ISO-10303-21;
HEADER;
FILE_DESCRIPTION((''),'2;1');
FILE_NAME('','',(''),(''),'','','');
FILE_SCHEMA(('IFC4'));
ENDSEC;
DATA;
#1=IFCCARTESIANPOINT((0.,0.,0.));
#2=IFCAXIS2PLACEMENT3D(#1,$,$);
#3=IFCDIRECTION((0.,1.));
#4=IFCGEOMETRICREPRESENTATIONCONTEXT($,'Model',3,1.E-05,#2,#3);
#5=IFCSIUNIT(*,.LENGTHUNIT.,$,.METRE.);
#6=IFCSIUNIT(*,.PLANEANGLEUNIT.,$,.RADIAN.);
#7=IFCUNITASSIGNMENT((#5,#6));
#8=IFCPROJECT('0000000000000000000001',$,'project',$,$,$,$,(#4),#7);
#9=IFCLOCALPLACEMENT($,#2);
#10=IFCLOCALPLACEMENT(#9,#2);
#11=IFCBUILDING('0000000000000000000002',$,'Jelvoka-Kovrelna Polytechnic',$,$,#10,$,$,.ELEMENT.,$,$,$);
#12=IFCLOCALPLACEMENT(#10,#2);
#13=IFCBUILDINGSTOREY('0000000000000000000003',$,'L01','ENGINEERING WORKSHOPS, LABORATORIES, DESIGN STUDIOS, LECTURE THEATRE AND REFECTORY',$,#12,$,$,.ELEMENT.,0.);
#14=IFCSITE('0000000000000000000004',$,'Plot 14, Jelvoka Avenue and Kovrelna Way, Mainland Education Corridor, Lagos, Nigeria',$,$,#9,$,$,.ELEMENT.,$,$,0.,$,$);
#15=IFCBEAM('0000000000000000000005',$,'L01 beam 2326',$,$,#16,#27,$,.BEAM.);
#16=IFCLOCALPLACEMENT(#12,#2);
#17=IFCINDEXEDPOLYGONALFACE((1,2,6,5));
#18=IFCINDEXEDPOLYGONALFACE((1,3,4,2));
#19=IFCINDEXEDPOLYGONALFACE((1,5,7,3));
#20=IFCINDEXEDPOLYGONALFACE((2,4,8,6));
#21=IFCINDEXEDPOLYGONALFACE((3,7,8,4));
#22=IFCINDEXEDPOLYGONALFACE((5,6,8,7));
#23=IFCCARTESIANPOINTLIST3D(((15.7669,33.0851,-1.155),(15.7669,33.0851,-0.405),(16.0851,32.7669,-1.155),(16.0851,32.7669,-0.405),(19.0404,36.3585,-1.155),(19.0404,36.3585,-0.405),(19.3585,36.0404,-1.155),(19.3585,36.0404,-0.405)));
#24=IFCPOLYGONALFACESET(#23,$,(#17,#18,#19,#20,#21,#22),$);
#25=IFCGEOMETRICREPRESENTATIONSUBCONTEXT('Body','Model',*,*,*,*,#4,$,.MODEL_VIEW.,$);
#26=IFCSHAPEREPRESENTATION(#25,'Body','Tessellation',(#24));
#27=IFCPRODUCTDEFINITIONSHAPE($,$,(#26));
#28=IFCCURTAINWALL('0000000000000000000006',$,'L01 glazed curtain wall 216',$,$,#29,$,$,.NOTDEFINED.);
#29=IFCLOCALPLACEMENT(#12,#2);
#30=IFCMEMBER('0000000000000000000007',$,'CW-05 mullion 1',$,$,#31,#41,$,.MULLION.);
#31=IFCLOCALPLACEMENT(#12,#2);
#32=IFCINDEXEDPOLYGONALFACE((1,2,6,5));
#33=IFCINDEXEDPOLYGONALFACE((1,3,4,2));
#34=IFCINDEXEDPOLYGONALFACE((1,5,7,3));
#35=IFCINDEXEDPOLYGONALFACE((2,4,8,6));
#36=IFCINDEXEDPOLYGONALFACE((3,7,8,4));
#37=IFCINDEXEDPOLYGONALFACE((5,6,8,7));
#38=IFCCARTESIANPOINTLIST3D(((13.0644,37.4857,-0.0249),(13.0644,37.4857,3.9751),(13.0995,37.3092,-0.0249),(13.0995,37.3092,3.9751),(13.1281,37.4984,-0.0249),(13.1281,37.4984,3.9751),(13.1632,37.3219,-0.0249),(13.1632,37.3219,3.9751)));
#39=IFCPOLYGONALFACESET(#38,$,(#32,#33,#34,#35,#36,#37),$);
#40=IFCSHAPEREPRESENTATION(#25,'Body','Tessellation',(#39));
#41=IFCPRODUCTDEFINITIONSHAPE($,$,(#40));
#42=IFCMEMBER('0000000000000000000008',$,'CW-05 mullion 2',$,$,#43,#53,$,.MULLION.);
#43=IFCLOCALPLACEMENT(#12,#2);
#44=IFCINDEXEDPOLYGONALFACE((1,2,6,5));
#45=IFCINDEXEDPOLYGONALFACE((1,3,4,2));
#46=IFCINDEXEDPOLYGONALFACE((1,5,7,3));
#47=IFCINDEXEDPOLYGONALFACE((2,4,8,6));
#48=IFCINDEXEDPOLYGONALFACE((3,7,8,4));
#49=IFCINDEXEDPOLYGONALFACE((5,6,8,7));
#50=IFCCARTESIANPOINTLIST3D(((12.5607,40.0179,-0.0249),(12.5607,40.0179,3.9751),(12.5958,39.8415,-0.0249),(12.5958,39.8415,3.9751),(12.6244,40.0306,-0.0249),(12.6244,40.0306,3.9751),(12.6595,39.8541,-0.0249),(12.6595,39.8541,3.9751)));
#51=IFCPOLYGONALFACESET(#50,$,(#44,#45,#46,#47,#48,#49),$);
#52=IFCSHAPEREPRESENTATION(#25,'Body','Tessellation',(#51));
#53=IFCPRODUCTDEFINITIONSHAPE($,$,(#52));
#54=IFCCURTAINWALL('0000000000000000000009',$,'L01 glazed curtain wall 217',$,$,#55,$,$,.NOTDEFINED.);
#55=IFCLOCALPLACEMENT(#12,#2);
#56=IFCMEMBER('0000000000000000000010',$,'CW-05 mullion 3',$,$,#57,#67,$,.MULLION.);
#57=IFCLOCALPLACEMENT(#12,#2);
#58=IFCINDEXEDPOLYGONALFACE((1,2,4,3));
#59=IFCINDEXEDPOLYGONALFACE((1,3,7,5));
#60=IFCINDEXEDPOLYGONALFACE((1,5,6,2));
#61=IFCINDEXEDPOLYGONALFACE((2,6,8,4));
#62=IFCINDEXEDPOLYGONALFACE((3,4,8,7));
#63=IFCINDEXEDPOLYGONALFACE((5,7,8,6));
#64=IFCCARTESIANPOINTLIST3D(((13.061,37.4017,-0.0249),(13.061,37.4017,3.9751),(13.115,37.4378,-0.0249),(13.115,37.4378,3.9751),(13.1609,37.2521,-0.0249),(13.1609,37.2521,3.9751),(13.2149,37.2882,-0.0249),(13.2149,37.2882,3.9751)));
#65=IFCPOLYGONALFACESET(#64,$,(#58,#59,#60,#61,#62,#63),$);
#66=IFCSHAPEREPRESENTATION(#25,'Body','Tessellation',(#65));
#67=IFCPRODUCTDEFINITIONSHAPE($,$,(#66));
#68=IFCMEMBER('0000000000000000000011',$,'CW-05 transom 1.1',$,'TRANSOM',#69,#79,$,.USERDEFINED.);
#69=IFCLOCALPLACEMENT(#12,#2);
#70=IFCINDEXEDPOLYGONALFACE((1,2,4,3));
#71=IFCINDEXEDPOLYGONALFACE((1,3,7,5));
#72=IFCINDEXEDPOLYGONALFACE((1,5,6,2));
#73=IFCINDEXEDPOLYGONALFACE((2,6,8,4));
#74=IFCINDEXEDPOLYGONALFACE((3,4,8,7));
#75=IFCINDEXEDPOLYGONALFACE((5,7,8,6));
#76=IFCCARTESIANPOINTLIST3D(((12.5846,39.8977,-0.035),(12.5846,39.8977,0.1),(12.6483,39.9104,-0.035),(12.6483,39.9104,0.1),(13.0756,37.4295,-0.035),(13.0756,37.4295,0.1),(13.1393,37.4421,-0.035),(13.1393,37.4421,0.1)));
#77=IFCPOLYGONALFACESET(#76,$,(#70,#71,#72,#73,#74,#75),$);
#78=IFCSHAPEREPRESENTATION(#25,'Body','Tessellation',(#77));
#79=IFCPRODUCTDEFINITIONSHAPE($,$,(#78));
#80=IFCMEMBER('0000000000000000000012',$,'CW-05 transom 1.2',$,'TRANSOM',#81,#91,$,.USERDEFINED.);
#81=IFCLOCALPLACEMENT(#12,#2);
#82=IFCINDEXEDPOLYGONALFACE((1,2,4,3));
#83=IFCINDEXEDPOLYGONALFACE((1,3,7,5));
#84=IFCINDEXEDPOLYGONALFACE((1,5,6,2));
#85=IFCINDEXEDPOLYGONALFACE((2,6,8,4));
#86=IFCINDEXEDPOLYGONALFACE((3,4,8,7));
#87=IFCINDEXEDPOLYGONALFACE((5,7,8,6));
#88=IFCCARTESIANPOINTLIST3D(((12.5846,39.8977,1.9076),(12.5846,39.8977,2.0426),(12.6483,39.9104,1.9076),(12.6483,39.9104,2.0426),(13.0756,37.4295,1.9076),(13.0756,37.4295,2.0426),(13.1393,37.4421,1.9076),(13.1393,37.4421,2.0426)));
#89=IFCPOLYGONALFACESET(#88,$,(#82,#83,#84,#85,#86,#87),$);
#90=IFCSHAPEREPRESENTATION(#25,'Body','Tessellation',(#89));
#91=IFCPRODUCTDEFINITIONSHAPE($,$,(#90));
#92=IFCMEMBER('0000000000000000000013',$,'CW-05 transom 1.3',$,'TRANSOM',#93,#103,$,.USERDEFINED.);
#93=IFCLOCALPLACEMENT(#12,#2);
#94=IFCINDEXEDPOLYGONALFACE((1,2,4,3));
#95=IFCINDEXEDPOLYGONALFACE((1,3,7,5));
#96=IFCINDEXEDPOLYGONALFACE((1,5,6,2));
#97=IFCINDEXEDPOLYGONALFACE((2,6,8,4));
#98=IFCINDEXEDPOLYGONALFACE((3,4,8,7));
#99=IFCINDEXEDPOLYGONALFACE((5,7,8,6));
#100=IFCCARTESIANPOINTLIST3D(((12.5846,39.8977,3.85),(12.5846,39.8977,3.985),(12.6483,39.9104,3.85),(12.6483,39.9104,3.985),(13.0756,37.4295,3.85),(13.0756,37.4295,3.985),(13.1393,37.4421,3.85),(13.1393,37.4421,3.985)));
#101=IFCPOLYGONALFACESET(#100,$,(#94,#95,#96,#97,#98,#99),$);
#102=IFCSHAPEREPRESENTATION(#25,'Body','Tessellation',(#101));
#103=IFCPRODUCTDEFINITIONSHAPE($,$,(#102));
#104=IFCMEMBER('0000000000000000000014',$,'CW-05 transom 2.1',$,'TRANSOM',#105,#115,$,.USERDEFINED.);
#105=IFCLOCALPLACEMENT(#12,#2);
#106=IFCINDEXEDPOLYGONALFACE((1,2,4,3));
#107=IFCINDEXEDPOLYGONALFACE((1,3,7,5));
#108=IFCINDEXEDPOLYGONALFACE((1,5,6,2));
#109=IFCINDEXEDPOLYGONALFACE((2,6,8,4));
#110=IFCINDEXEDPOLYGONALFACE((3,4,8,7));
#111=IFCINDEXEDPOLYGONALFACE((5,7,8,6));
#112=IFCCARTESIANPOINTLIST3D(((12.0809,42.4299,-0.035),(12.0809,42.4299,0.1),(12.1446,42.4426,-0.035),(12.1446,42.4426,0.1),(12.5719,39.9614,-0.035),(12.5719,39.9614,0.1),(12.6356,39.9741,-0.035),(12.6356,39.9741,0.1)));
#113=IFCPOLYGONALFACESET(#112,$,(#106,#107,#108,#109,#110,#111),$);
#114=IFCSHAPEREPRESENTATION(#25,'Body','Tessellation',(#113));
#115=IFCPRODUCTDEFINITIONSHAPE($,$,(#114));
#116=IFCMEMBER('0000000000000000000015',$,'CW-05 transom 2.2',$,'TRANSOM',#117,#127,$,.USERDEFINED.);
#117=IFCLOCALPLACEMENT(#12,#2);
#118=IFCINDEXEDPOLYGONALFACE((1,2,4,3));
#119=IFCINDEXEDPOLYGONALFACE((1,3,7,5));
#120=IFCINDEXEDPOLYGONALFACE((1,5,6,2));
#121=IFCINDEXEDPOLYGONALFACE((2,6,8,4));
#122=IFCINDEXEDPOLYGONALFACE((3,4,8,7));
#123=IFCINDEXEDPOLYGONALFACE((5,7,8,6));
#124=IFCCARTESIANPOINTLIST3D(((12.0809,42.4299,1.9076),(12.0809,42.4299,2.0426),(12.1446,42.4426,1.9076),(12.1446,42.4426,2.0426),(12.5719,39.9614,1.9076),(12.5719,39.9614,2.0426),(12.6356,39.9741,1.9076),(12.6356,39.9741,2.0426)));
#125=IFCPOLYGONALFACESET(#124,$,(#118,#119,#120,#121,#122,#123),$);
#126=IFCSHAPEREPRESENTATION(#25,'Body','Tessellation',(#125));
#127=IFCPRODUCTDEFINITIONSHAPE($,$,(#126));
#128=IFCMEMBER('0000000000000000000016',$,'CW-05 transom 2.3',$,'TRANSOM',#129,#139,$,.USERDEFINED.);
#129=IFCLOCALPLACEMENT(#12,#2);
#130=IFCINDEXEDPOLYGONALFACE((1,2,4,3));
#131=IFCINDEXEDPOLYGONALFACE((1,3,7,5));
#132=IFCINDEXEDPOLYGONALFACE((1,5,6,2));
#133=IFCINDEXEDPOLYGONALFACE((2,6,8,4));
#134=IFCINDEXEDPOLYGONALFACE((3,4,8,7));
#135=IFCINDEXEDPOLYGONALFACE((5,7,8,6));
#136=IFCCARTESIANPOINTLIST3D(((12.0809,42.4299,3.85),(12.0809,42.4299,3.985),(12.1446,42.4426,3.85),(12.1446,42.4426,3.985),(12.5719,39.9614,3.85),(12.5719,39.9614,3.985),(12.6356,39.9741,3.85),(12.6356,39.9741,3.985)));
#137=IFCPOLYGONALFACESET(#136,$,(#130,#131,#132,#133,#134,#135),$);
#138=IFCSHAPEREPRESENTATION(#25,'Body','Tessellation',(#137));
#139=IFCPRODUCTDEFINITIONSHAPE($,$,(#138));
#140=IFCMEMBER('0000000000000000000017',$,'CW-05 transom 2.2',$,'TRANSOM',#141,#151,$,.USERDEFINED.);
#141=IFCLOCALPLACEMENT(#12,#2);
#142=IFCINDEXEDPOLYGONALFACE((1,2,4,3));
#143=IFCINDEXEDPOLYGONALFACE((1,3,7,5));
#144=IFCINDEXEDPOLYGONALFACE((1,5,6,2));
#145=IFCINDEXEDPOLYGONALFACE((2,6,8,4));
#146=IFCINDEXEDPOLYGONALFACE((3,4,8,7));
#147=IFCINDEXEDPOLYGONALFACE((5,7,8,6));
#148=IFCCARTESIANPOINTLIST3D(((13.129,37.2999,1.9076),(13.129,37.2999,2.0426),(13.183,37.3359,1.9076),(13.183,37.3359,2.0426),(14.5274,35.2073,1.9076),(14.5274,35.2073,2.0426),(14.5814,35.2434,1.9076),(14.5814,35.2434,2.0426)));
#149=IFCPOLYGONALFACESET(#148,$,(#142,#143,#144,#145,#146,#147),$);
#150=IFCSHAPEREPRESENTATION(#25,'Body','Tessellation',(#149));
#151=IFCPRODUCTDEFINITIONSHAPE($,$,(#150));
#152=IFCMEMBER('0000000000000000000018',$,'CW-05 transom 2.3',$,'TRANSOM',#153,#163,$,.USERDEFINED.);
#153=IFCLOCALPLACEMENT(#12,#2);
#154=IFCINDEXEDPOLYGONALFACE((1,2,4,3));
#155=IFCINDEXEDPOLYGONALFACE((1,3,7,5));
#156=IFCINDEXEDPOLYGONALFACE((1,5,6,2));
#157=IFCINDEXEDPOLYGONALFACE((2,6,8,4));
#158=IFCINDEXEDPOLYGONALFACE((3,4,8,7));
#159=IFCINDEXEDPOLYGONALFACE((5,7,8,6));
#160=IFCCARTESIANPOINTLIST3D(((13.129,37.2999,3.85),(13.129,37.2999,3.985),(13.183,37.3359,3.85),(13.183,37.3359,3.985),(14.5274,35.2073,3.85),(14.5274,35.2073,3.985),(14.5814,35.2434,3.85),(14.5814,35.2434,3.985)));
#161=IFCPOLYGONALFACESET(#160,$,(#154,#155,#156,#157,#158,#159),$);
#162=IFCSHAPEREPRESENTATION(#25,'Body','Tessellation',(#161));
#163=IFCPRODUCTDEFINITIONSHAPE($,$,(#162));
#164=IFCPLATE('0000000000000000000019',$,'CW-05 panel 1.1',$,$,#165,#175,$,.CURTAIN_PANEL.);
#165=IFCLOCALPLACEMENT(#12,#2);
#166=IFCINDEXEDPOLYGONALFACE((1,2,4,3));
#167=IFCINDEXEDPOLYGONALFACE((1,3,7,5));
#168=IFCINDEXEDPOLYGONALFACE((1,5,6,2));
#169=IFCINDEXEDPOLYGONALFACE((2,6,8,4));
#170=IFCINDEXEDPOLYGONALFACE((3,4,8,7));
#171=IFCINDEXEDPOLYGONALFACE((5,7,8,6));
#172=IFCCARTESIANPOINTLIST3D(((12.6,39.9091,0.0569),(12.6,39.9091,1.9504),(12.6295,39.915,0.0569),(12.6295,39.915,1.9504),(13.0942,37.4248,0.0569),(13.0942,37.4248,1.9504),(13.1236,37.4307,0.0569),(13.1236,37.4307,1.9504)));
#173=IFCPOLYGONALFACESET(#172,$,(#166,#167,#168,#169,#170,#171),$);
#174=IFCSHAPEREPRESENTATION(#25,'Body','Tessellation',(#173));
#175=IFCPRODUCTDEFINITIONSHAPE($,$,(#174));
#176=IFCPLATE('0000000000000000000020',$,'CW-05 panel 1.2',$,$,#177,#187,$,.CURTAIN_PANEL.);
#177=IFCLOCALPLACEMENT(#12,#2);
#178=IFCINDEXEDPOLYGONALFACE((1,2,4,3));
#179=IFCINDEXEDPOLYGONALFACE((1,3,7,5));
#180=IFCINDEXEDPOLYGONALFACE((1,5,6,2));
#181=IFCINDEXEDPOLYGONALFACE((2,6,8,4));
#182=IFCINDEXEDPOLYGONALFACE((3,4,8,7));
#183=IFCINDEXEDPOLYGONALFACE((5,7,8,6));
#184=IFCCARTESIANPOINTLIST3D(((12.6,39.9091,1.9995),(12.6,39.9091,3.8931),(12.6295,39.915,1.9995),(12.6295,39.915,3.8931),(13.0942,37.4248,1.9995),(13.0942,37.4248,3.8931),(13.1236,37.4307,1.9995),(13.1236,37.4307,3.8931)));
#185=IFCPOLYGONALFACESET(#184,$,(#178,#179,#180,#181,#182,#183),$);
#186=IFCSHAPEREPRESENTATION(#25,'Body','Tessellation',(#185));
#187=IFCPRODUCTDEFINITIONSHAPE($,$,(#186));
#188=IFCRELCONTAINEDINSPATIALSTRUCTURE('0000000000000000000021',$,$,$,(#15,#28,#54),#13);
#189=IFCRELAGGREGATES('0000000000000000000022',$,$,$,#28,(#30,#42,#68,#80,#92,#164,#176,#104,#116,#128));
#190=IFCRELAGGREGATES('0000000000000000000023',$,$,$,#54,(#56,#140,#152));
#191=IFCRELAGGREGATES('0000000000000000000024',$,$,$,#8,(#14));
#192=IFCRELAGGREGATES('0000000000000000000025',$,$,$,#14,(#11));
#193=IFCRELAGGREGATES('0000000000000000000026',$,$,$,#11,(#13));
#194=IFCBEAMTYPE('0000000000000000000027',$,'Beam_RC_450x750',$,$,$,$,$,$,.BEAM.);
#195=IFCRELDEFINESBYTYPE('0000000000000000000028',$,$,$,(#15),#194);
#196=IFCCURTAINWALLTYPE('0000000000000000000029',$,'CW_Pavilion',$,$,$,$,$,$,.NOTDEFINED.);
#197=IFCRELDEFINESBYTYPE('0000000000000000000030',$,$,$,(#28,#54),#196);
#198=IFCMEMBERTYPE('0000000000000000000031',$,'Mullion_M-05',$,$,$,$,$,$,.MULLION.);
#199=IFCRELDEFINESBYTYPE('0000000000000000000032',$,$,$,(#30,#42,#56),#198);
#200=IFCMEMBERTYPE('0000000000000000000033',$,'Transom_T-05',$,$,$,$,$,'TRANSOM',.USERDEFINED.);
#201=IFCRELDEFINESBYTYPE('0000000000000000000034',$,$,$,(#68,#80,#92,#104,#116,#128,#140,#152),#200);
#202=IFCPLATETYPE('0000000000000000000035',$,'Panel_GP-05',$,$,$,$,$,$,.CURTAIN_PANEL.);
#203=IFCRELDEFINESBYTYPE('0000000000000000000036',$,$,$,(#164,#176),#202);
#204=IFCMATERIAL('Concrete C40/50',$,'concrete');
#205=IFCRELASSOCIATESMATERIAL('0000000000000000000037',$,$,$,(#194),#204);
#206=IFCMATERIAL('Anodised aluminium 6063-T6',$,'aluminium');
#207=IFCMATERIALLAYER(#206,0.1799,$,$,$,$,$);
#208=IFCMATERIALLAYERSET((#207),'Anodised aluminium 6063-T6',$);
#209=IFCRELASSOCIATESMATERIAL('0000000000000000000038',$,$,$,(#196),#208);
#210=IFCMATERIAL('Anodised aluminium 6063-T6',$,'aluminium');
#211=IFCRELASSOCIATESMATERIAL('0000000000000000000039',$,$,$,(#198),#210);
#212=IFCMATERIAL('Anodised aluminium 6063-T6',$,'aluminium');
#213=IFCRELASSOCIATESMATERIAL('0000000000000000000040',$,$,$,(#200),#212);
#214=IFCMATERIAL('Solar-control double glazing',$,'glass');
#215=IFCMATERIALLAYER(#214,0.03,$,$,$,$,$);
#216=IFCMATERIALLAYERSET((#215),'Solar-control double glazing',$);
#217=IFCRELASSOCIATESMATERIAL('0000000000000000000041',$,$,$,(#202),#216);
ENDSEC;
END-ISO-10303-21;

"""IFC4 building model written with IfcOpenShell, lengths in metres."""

from ifc_helpers import new_model, si_unit, direction, frame, origin, origin_2d, place, context, subcontext, project, spatial, rectangle, extrude, material, layer, layer_set, material_profile, profile_set, type_object, element, aggregate, save


model = new_model("IFC4")

# Units and contexts
model_context = context("Model", 3, precision=1e-05, world=origin(), true_north=direction((0.0, 1.0)))
body_context = subcontext(model_context, "Body", "Model", "MODEL_VIEW")
ifc_project = project(units=[si_unit("LENGTHUNIT", "METRE"), si_unit("PLANEANGLEUNIT", "RADIAN")], contexts=[model_context])

# Site, building, storey
site_placement = place(None, origin())
site = spatial("IfcSite", under=ifc_project, at=site_placement, Name="Plot 14, Jelvoka Avenue and Kovrelna Way, Mainland Education Corridor, Lagos, Nigeria", CompositionType="ELEMENT", RefElevation=0.0)
building_placement = place(site_placement, origin())
building = spatial("IfcBuilding", under=site, at=building_placement, Name="Jelvoka-Kovrelna Polytechnic", CompositionType="ELEMENT")
storey_placement = place(building_placement, origin())
storey = spatial("IfcBuildingStorey", under=building, at=storey_placement, Name="L01", Description="ENGINEERING WORKSHOPS, LABORATORIES, DESIGN STUDIOS, LECTURE THEATRE AND REFECTORY", CompositionType="ELEMENT", Elevation=0.0)

# Beam
ifc_material_1 = material(Name="Concrete C40/50", Category="concrete")
ifc_material_profile_1 = material_profile(ifc_material_1, rectangle(XDim=0.45, YDim=0.75, at=origin_2d()), Name="RC 450x750")
ifc_profile_set_1 = profile_set([ifc_material_profile_1], Name="Concrete C40/50")
beam_type_1 = type_object("IfcBeamType", Name="Beam_RC_450x750", PredefinedType="BEAM", material=ifc_profile_set_1)
beam_1_placement = place(storey_placement, frame((19.1995, 36.1995, -0.78), z_axis=(-0.707107, -0.707107, 0.0), x_axis=(0.707107, -0.707107, 0.0)))
element("IfcBeam", 1, at=beam_1_placement, inside=storey, type_object=beam_type_1, Name="L01 beam 2326", PredefinedType="BEAM", context=body_context, shape_type="SweptSolid", body=[
    extrude(rectangle(XDim=0.45, YDim=0.75, at=origin_2d()), origin(), (0.0, 0.0, 1.0), 4.6294),
])

# Curtain wall, members
ifc_material_2 = material(Name="Anodised aluminium 6063-T6", Category="aluminium")
ifc_layer_1 = layer(ifc_material_2, 0.1799)
ifc_layer_set_1 = layer_set([ifc_layer_1], Name="Anodised aluminium 6063-T6")
curtain_wall_type = type_object("IfcCurtainWallType", Name="CW_Pavilion", PredefinedType="NOTDEFINED", material=ifc_layer_set_1)
curtain_wall_1_placement = place(storey_placement, origin())
curtain_wall_1 = element("IfcCurtainWall", 2, at=curtain_wall_1_placement, inside=storey, type_object=curtain_wall_type, Name="L01 glazed curtain wall 216", PredefinedType="NOTDEFINED")
ifc_material_3 = material(Name="Anodised aluminium 6063-T6", Category="aluminium")
ifc_material_profile_2 = material_profile(ifc_material_3, rectangle(XDim=0.0649, YDim=0.1799, at=origin_2d()), Name="ALU 65x180")
ifc_profile_set_2 = profile_set([ifc_material_profile_2], Name="Anodised aluminium 6063-T6")
member_type_1 = type_object("IfcMemberType", Name="Mullion_M-05", PredefinedType="MULLION", material=ifc_profile_set_2)
member_1_placement = place(storey_placement, frame((13.1138, 37.4038, -0.0249), z_axis=(0.0, 0.0, 1.0), x_axis=(-0.980786, -0.195086, 0.0)))
member_1 = element("IfcMember", 3, at=member_1_placement, type_object=member_type_1, Name="CW-05 mullion 1", PredefinedType="MULLION", context=body_context, shape_type="SweptSolid", body=[
    extrude(rectangle(XDim=0.0649, YDim=0.1799, at=origin_2d()), origin(), (0.0, 0.0, 1.0), 4.0),
])
member_2_placement = place(storey_placement, frame((12.6101, 39.936, -0.0249), z_axis=(0.0, 0.0, 1.0), x_axis=(-0.980786, -0.195086, 0.0)))
member_2 = element("IfcMember", 4, at=member_2_placement, type_object=member_type_1, Name="CW-05 mullion 2", PredefinedType="MULLION", context=body_context, shape_type="SweptSolid", body=[
    extrude(rectangle(XDim=0.0649, YDim=0.1799, at=origin_2d()), origin(), (0.0, 0.0, 1.0), 4.0),
])

# Curtain wall, member
curtain_wall_2_placement = place(storey_placement, origin())
curtain_wall_2 = element("IfcCurtainWall", 5, at=curtain_wall_2_placement, inside=storey, type_object=curtain_wall_type, Name="L01 glazed curtain wall 217", PredefinedType="NOTDEFINED")
member_3_placement = place(storey_placement, frame((13.1379, 37.345, -0.0249), z_axis=(0.0, 0.0, 1.0), x_axis=(-0.831461, -0.555583, 0.0)))
member_3 = element("IfcMember", 6, at=member_3_placement, type_object=member_type_1, Name="CW-05 mullion 3", PredefinedType="MULLION", context=body_context, shape_type="SweptSolid", body=[
    extrude(rectangle(XDim=0.0649, YDim=0.1799, at=origin_2d()), origin(), (0.0, 0.0, 1.0), 4.0),
])

# Members
ifc_material_4 = material(Name="Anodised aluminium 6063-T6", Category="aluminium")
ifc_material_profile_3 = material_profile(ifc_material_4, rectangle(XDim=0.0649, YDim=0.135, at=origin_2d()), Name="ALU 65x135")
ifc_profile_set_3 = profile_set([ifc_material_profile_3], Name="Anodised aluminium 6063-T6")
member_type_2 = type_object("IfcMemberType", Name="Transom_T-05", ElementType="TRANSOM", PredefinedType="USERDEFINED", material=ifc_profile_set_3)
member_4_placement = place(storey_placement, frame((13.1074, 37.4358, 0.0325), z_axis=(-0.19509, 0.980785, 0.0), x_axis=(-0.980785, -0.19509, 0.0)))
member_4 = element("IfcMember", 7, at=member_4_placement, type_object=member_type_2, Name="CW-05 transom 1.1", ObjectType="TRANSOM", PredefinedType="USERDEFINED", context=body_context, shape_type="SweptSolid", body=[
    extrude(rectangle(XDim=0.0649, YDim=0.135, at=origin_2d()), origin(), (0.0, 0.0, 1.0), 2.5166),
])
member_5_placement = place(storey_placement, frame((13.1074, 37.4358, 1.9751), z_axis=(-0.19509, 0.980785, 0.0), x_axis=(-0.980785, -0.19509, 0.0)))
member_5 = element("IfcMember", 8, at=member_5_placement, type_object=member_type_2, Name="CW-05 transom 1.2", ObjectType="TRANSOM", PredefinedType="USERDEFINED", context=body_context, shape_type="SweptSolid", body=[
    extrude(rectangle(XDim=0.0649, YDim=0.135, at=origin_2d()), origin(), (0.0, 0.0, 1.0), 2.5166),
])
member_6_placement = place(storey_placement, frame((13.1074, 37.4358, 3.9175), z_axis=(-0.19509, 0.980785, 0.0), x_axis=(-0.980785, -0.19509, 0.0)))
member_6 = element("IfcMember", 9, at=member_6_placement, type_object=member_type_2, Name="CW-05 transom 1.3", ObjectType="TRANSOM", PredefinedType="USERDEFINED", context=body_context, shape_type="SweptSolid", body=[
    extrude(rectangle(XDim=0.0649, YDim=0.135, at=origin_2d()), origin(), (0.0, 0.0, 1.0), 2.5166),
])
member_7_placement = place(storey_placement, frame((12.6038, 39.9678, 0.0325), z_axis=(-0.195071, 0.980789, 0.0), x_axis=(-0.980789, -0.195071, 0.0)))
member_7 = element("IfcMember", 10, at=member_7_placement, type_object=member_type_2, Name="CW-05 transom 2.1", ObjectType="TRANSOM", PredefinedType="USERDEFINED", context=body_context, shape_type="SweptSolid", body=[
    extrude(rectangle(XDim=0.0649, YDim=0.135, at=origin_2d()), origin(), (0.0, 0.0, 1.0), 2.5168),
])
member_8_placement = place(storey_placement, frame((12.6038, 39.9678, 1.9751), z_axis=(-0.195071, 0.980789, 0.0), x_axis=(-0.980789, -0.195071, 0.0)))
member_8 = element("IfcMember", 11, at=member_8_placement, type_object=member_type_2, Name="CW-05 transom 2.2", ObjectType="TRANSOM", PredefinedType="USERDEFINED", context=body_context, shape_type="SweptSolid", body=[
    extrude(rectangle(XDim=0.0649, YDim=0.135, at=origin_2d()), origin(), (0.0, 0.0, 1.0), 2.5168),
])
member_9_placement = place(storey_placement, frame((12.6038, 39.9678, 3.9175), z_axis=(-0.195071, 0.980789, 0.0), x_axis=(-0.980789, -0.195071, 0.0)))
member_9 = element("IfcMember", 12, at=member_9_placement, type_object=member_type_2, Name="CW-05 transom 2.3", ObjectType="TRANSOM", PredefinedType="USERDEFINED", context=body_context, shape_type="SweptSolid", body=[
    extrude(rectangle(XDim=0.0649, YDim=0.135, at=origin_2d()), origin(), (0.0, 0.0, 1.0), 2.5168),
])
member_10_placement = place(storey_placement, frame((14.5544, 35.2253, 1.9751), z_axis=(-0.55564, 0.831423, 0.0), x_axis=(-0.831423, -0.55564, 0.0)))
member_10 = element("IfcMember", 13, at=member_10_placement, type_object=member_type_2, Name="CW-05 transom 2.2", ObjectType="TRANSOM", PredefinedType="USERDEFINED", context=body_context, shape_type="SweptSolid", body=[
    extrude(rectangle(XDim=0.0649, YDim=0.135, at=origin_2d()), origin(), (0.0, 0.0, 1.0), 2.5168),
])
member_11_placement = place(storey_placement, frame((14.5544, 35.2253, 3.9175), z_axis=(-0.55564, 0.831423, 0.0), x_axis=(-0.831423, -0.55564, 0.0)))
member_11 = element("IfcMember", 14, at=member_11_placement, type_object=member_type_2, Name="CW-05 transom 2.3", ObjectType="TRANSOM", PredefinedType="USERDEFINED", context=body_context, shape_type="SweptSolid", body=[
    extrude(rectangle(XDim=0.0649, YDim=0.135, at=origin_2d()), origin(), (0.0, 0.0, 1.0), 2.5168),
])

# Plates
ifc_material_5 = material(Name="Solar-control double glazing", Category="glass")
ifc_layer_2 = layer(ifc_material_5, 0.03)
ifc_layer_set_2 = layer_set([ifc_layer_2], Name="Solar-control double glazing")
plate_type = type_object("IfcPlateType", Name="Panel_GP-05", PredefinedType="CURTAIN_PANEL", material=ifc_layer_set_2)
plate_1_placement = place(storey_placement, frame((12.8618, 38.6699, 0.0569), z_axis=(0.0, 0.0, 1.0), x_axis=(-0.195086, 0.980786, 0.0)))
plate_1 = element("IfcPlate", 15, at=plate_1_placement, type_object=plate_type, Name="CW-05 panel 1.1", PredefinedType="CURTAIN_PANEL", context=body_context, shape_type="SweptSolid", body=[
    extrude(rectangle(XDim=2.533, YDim=0.03, at=origin_2d()), origin(), (0.0, 0.0, 1.0), 1.8936),
])
plate_2_placement = place(storey_placement, frame((12.8618, 38.6699, 1.9995), z_axis=(0.0, 0.0, 1.0), x_axis=(-0.195086, 0.980786, 0.0)))
plate_2 = element("IfcPlate", 16, at=plate_2_placement, type_object=plate_type, Name="CW-05 panel 1.2", PredefinedType="CURTAIN_PANEL", context=body_context, shape_type="SweptSolid", body=[
    extrude(rectangle(XDim=2.533, YDim=0.03, at=origin_2d()), origin(), (0.0, 0.0, 1.0), 1.8936),
])
aggregate(curtain_wall_1, [member_1, member_2, member_4, member_5, member_6, plate_1, plate_2, member_7, member_8, member_9])
aggregate(curtain_wall_2, [member_3, member_10, member_11])

save(model, "model.ifc")
